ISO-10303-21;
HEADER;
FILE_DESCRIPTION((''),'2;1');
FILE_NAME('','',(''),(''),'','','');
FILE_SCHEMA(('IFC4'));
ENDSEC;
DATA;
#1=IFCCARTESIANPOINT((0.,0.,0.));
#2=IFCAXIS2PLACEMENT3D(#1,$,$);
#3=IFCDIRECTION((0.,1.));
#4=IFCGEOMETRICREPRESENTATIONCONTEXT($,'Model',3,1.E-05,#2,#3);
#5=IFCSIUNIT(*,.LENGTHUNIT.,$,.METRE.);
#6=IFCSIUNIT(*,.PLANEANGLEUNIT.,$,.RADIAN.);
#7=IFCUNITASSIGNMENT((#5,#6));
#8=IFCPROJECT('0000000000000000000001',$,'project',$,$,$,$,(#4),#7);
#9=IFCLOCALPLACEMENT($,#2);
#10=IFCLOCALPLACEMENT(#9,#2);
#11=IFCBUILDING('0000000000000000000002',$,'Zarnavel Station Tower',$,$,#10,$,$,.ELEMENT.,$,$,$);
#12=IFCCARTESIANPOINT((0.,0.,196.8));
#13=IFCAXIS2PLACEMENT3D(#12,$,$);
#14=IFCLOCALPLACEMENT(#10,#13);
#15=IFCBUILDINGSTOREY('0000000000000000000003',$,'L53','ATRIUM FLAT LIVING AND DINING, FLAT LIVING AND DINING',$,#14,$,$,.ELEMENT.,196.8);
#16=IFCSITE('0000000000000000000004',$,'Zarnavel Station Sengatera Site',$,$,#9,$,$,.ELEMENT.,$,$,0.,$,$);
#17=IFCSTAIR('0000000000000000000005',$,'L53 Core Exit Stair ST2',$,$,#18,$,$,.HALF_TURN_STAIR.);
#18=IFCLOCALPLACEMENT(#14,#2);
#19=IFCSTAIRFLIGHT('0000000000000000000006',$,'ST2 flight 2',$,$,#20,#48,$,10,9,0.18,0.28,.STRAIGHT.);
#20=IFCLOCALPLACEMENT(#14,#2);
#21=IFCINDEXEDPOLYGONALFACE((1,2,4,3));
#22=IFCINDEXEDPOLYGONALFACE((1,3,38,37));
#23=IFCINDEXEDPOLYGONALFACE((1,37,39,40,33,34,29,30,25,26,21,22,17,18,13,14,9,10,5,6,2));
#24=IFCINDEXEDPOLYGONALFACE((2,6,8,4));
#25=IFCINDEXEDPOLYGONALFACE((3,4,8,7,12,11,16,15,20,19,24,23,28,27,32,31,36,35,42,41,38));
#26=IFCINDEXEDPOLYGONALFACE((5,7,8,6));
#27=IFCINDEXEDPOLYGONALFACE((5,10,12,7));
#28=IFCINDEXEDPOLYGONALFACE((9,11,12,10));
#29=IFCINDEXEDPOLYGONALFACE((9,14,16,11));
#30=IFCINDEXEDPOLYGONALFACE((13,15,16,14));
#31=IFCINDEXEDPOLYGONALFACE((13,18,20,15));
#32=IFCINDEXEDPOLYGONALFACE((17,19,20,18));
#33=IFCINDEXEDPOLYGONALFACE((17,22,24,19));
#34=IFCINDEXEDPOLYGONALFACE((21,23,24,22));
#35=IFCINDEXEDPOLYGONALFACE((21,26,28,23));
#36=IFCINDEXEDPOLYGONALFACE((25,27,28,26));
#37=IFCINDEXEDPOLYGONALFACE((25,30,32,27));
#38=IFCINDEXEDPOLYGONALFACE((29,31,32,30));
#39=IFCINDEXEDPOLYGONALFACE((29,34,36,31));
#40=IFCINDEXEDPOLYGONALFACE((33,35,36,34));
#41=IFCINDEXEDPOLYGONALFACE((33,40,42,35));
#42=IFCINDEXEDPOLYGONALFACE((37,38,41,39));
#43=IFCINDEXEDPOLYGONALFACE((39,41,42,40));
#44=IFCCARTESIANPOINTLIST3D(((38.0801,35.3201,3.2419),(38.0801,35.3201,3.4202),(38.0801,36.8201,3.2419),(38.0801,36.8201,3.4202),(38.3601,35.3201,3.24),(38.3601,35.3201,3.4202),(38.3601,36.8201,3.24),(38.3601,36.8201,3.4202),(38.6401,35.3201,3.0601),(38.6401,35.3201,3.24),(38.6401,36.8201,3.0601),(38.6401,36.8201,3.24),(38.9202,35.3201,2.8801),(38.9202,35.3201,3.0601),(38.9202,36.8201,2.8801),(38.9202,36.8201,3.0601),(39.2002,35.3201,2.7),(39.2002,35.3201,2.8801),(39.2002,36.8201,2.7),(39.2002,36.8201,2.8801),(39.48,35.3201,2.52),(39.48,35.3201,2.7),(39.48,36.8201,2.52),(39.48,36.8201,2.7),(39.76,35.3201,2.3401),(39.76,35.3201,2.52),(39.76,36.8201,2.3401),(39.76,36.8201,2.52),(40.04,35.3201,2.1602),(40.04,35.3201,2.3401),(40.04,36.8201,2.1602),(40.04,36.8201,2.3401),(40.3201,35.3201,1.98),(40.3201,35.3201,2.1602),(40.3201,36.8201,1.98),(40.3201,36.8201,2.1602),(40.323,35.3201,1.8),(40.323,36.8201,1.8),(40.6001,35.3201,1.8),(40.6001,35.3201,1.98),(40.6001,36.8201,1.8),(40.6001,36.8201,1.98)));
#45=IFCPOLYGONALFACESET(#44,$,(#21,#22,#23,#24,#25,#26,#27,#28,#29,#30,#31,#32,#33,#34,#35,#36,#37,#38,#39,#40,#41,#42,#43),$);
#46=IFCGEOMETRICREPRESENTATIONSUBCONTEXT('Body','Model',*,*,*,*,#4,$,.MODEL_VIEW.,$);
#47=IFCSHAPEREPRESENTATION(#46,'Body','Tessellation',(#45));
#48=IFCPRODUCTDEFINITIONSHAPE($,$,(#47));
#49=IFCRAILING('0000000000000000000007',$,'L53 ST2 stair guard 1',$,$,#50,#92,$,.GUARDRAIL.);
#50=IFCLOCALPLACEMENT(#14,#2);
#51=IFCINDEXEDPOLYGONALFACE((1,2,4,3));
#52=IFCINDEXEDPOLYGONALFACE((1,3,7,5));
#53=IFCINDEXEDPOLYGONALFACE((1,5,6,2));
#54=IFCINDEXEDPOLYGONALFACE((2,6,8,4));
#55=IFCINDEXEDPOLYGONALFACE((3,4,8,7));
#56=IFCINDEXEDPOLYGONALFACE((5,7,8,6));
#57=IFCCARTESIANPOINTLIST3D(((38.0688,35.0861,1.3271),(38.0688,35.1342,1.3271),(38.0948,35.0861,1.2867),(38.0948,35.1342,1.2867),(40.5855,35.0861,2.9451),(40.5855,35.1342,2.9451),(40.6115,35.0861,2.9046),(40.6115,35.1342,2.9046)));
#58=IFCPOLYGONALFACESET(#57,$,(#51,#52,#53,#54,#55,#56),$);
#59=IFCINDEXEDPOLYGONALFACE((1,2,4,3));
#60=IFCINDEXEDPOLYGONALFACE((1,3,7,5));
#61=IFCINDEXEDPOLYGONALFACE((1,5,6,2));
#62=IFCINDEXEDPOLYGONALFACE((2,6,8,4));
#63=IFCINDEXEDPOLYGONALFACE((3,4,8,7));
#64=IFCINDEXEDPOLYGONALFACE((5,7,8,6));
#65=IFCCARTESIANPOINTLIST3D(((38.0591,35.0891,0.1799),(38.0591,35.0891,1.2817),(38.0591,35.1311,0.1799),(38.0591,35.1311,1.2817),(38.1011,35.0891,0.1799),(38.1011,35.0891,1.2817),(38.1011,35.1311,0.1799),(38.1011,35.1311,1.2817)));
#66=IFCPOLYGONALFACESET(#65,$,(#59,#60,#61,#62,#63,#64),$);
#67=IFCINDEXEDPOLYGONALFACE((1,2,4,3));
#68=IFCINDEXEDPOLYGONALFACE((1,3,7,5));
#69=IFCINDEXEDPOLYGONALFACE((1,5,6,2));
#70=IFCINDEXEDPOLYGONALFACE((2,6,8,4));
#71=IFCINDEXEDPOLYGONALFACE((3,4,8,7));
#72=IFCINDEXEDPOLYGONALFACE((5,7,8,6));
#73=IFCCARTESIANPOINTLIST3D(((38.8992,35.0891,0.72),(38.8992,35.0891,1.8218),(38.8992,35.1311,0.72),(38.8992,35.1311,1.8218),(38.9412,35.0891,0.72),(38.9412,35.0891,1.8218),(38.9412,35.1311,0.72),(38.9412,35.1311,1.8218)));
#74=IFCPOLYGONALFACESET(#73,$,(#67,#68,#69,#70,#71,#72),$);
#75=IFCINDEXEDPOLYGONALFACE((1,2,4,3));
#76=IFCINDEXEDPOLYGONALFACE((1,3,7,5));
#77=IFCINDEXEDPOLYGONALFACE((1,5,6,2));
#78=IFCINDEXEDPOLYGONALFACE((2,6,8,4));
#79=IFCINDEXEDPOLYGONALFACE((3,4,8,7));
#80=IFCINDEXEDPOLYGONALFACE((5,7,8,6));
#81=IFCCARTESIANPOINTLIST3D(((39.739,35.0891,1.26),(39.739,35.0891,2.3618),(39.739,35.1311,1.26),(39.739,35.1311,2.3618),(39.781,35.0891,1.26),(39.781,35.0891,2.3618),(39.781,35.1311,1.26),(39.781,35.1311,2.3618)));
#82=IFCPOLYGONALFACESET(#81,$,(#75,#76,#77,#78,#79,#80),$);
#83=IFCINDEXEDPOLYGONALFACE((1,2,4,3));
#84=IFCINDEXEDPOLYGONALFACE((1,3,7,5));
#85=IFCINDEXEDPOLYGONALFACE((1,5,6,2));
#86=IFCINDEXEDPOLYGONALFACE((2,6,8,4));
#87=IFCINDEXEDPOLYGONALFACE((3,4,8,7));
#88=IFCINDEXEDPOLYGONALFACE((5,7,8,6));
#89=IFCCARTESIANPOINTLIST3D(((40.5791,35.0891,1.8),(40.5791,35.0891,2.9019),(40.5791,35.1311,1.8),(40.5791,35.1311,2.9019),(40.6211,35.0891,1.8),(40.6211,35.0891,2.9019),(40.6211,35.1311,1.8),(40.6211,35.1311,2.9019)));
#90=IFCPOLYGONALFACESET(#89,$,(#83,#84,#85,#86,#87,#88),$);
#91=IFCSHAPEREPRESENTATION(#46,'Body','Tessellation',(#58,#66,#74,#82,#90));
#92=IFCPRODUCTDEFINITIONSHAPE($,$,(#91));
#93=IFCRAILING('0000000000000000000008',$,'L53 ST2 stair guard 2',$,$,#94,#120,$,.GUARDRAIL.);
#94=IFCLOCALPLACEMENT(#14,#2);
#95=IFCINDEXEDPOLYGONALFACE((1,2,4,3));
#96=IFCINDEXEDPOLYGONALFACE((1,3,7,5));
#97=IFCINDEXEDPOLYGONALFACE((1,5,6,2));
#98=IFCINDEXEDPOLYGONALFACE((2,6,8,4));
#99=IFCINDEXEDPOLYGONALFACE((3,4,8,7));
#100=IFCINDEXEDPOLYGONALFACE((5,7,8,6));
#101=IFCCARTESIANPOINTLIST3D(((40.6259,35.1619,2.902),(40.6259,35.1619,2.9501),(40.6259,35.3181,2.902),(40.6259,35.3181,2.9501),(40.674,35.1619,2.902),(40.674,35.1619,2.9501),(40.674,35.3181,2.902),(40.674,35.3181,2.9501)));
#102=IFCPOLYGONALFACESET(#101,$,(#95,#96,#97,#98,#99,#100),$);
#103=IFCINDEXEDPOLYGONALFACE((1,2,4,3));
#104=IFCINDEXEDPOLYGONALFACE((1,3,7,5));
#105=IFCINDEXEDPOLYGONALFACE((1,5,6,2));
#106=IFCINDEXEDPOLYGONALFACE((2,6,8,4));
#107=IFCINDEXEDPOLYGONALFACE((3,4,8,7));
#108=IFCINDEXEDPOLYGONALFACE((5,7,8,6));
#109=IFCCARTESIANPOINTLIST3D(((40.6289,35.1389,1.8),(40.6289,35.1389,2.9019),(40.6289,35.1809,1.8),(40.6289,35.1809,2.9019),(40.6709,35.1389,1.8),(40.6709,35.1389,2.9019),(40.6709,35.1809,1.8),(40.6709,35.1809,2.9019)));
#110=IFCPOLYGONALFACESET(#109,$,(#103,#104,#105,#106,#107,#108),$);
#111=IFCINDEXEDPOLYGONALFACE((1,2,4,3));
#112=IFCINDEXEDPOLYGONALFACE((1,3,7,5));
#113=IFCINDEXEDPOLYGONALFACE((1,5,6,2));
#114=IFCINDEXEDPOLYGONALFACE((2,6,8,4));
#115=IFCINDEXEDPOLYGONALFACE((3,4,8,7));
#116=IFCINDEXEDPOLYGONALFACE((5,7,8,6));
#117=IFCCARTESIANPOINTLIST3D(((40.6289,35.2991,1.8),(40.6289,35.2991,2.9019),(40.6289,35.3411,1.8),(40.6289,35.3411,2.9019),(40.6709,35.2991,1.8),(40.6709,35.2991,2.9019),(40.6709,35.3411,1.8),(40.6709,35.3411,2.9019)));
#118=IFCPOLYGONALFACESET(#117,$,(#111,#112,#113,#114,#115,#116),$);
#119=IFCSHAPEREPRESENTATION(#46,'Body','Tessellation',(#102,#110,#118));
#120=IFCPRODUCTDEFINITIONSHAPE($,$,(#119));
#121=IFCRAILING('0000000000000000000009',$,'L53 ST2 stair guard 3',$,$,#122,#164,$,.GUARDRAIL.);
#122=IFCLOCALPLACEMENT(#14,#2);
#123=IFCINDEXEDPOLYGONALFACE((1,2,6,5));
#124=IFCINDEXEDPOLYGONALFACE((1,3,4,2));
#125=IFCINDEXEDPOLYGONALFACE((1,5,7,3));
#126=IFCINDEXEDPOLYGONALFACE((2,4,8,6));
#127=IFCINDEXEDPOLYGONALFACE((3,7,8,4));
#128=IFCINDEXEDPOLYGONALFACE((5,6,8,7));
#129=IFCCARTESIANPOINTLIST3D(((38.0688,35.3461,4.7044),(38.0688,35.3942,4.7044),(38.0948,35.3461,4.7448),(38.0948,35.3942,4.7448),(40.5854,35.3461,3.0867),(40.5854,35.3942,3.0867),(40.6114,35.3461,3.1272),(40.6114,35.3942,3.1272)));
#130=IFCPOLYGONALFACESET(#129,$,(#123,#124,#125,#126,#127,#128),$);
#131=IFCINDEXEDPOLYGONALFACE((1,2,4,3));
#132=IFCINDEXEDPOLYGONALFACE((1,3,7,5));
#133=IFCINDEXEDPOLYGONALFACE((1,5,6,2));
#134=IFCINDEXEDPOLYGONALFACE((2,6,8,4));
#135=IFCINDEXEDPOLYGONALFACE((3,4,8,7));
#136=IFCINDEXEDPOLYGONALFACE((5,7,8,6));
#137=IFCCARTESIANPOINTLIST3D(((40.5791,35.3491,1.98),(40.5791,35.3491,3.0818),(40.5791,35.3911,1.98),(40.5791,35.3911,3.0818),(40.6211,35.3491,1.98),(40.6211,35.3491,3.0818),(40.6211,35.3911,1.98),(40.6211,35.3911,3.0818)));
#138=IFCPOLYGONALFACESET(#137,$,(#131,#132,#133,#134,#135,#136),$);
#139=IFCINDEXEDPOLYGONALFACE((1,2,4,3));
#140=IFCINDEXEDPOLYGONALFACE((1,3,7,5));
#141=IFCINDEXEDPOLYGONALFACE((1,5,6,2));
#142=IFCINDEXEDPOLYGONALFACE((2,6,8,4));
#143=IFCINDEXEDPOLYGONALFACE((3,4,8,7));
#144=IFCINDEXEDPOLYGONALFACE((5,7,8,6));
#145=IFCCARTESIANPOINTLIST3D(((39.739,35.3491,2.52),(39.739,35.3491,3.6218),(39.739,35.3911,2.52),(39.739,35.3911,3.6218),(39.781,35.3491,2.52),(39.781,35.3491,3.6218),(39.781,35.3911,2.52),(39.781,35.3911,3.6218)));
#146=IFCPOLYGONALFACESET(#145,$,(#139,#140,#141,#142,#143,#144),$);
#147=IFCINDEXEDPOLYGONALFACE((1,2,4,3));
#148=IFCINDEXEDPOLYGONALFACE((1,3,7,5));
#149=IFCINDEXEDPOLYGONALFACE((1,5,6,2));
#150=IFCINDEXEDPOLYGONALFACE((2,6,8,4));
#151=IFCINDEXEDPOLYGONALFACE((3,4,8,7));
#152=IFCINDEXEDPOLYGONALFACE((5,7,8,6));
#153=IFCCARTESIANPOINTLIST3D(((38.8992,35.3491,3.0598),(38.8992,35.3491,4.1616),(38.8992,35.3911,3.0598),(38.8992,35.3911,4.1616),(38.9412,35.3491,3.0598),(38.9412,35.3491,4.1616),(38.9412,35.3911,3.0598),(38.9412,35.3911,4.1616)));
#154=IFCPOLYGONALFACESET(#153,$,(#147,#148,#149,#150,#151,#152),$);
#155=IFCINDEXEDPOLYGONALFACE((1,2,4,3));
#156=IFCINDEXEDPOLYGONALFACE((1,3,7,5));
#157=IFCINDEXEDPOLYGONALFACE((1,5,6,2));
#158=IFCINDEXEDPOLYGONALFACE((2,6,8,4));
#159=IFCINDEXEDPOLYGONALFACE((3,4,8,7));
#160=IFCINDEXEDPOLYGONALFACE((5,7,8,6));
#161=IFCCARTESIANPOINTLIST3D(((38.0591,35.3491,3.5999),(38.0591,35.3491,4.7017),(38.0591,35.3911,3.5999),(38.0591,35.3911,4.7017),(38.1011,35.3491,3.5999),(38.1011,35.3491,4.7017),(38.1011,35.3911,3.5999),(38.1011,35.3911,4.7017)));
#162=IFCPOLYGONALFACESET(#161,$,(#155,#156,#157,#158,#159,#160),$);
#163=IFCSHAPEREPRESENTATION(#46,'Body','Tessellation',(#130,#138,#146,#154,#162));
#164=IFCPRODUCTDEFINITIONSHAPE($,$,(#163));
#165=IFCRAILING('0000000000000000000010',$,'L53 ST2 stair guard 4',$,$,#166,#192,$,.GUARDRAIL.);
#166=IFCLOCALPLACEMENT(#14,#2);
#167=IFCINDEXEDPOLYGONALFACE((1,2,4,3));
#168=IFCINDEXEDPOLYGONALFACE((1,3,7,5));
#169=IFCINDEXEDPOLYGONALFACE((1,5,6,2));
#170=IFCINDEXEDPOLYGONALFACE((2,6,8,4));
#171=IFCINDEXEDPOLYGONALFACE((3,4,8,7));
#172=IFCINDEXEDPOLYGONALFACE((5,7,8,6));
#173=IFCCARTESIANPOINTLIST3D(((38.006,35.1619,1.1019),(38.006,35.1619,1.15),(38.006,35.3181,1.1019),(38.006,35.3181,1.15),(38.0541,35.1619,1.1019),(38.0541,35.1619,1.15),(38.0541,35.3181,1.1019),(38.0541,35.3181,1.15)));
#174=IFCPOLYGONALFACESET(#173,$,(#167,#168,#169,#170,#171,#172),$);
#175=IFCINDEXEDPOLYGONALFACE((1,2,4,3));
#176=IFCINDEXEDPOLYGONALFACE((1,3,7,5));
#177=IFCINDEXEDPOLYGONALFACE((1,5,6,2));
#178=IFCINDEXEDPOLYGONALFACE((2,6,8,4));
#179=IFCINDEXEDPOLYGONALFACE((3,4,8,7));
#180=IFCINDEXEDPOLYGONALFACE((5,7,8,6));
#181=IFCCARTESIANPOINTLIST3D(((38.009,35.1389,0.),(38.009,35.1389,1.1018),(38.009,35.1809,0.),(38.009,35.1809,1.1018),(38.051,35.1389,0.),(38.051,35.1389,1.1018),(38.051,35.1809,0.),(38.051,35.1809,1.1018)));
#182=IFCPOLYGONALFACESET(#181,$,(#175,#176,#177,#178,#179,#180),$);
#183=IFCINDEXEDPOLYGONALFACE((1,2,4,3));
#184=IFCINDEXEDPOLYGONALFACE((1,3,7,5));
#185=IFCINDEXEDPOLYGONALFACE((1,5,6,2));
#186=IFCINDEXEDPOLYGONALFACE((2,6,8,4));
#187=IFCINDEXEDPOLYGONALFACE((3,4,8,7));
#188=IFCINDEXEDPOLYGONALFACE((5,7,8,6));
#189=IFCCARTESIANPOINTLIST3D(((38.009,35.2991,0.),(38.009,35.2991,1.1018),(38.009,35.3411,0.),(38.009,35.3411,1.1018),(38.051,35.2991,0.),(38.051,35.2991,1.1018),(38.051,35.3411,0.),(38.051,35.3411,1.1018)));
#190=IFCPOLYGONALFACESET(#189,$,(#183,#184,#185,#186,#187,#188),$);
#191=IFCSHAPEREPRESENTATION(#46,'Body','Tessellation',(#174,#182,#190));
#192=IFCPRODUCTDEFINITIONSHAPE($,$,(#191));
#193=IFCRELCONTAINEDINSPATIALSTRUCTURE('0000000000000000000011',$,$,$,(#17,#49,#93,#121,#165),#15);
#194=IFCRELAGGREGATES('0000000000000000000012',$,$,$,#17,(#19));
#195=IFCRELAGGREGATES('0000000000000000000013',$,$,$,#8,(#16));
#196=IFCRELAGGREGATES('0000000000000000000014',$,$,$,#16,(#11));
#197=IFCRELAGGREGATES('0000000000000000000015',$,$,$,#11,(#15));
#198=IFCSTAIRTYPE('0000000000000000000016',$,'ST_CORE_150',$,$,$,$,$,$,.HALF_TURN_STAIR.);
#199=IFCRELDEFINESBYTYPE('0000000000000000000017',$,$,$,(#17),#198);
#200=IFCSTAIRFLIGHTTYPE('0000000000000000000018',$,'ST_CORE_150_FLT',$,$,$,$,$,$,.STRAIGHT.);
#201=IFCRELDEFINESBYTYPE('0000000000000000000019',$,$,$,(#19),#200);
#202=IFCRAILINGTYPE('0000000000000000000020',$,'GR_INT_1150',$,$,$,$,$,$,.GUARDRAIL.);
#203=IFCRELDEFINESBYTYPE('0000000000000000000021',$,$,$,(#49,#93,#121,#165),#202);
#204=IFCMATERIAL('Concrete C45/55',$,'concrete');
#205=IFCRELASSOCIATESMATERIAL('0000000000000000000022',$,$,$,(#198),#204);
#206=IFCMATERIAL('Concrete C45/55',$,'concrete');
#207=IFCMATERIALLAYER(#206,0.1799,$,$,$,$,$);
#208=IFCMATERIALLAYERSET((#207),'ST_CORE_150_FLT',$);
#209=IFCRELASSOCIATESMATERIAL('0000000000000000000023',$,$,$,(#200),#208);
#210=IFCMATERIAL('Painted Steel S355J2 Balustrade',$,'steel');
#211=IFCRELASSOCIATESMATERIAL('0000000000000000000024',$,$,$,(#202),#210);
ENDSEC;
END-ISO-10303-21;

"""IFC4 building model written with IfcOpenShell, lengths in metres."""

from ifc_helpers import new_model, si_unit, direction, frame, origin, origin_2d, place, context, subcontext, project, spatial, polyline, rectangle, outline, extrude, material, layer, layer_set, type_object, element, aggregate, save


model = new_model("IFC4")

# Units and contexts
model_context = context("Model", 3, precision=1e-05, world=origin(), true_north=direction((0.0, 1.0)))
body_context = subcontext(model_context, "Body", "Model", "MODEL_VIEW")
ifc_project = project(units=[si_unit("LENGTHUNIT", "METRE"), si_unit("PLANEANGLEUNIT", "RADIAN")], contexts=[model_context])

# Site, building, storey
site_placement = place(None, origin())
site = spatial("IfcSite", under=ifc_project, at=site_placement, Name="Zarnavel Station Sengatera Site", CompositionType="ELEMENT", RefElevation=0.0)
building_placement = place(site_placement, origin())
building = spatial("IfcBuilding", under=site, at=building_placement, Name="Zarnavel Station Tower", CompositionType="ELEMENT")
storey_placement = place(building_placement, frame((0.0, 0.0, 196.8)))
storey = spatial("IfcBuildingStorey", under=building, at=storey_placement, Name="L53", Description="ATRIUM FLAT LIVING AND DINING, FLAT LIVING AND DINING", CompositionType="ELEMENT", Elevation=196.8)

# Stair, stair flight
ifc_material_1 = material(Name="Concrete C45/55", Category="concrete")
stair_type = type_object("IfcStairType", Name="ST_CORE_150", PredefinedType="HALF_TURN_STAIR", material=ifc_material_1)
stair_placement = place(storey_placement, origin())
stair = element("IfcStair", 1, at=stair_placement, inside=storey, type_object=stair_type, Name="L53 Core Exit Stair ST2", PredefinedType="HALF_TURN_STAIR")
ifc_material_2 = material(Name="Concrete C45/55", Category="concrete")
ifc_layer_1 = layer(ifc_material_2, 0.1799)
ifc_layer_set_1 = layer_set([ifc_layer_1], Name="ST_CORE_150_FLT")
stair_flight_type = type_object("IfcStairFlightType", Name="ST_CORE_150_FLT", PredefinedType="STRAIGHT", material=ifc_layer_set_1)
stair_flight_1_placement = place(storey_placement, frame((40.6001, 36.0701, 1.8), z_axis=(0.0, 0.0, 1.0), x_axis=(-1.0, 0.0, 0.0)))
stair_flight_1 = element("IfcStairFlight", 2, at=stair_flight_1_placement, type_object=stair_flight_type, Name="ST2 flight 2", NumberOfRisers=10, NumberOfTreads=9, PredefinedType="STRAIGHT", RiserHeight=0.18, TreadLength=0.28, context=body_context, shape_type="SweptSolid", body=[
    extrude(outline(polyline([(0.0, 0.0), (0.0, 0.1799), (0.28, 0.1799), (0.28, 0.3601), (0.5601, 0.3601), (0.5601, 0.54), (0.8401, 0.54), (0.8401, 0.72), (1.1201, 0.72), (1.1201, 0.8999), (1.3999, 0.8999), (1.3999, 1.0801), (1.6799, 1.0801), (1.6799, 1.26), (1.96, 1.26), (1.96, 1.4399), (2.24, 1.4399), (2.24, 1.6201), (2.52, 1.6201), (2.52, 1.8), (2.52, 1.4419), (0.2771, 0.0), (0.0, 0.0)])), frame((0.0, 0.75, 0.0), z_axis=(0.0, -1.0, 0.0), x_axis=(1.0, 0.0, 0.0)), (0.0, 0.0, 1.0), 1.5),
])
aggregate(stair, [stair_flight_1])

# Railings
ifc_material_3 = material(Name="Painted Steel S355J2 Balustrade", Category="steel")
railing_type_1 = type_object("IfcRailingType", Name="GR_INT_1150", PredefinedType="GUARDRAIL", material=ifc_material_3)
railing_1_placement = place(storey_placement, frame((38.0801, 35.1101, 0.1799)))
element("IfcRailing", 3, at=railing_1_placement, inside=storey, type_object=railing_type_1, Name="L53 ST2 stair guard 1", PredefinedType="GUARDRAIL", context=body_context, shape_type="SweptSolid", body=[
    extrude(rectangle(XDim=0.0481, YDim=0.0481, at=origin_2d()), frame((0.0017, 0.0, 1.127), z_axis=(0.841163, 0.0, 0.540782), x_axis=(0.0, 1.0, 0.0)), (0.0, 0.0, 1.0), 2.9919),
    extrude(rectangle(XDim=0.042, YDim=0.042, at=origin_2d()), origin(), (0.0, 0.0, 1.0), 1.1018),
    extrude(rectangle(XDim=0.042, YDim=0.042, at=origin_2d()), frame((0.8401, 0.0, 0.54)), (0.0, 0.0, 1.0), 1.1018),
    extrude(rectangle(XDim=0.042, YDim=0.042, at=origin_2d()), frame((1.6799, 0.0, 1.0801)), (0.0, 0.0, 1.0), 1.1018),
    extrude(rectangle(XDim=0.042, YDim=0.042, at=origin_2d()), frame((2.52, 0.0, 1.6201)), (0.0, 0.0, 1.0), 1.1018),
])
railing_2_placement = place(storey_placement, frame((40.6499, 35.1599, 1.8)))
element("IfcRailing", 4, at=railing_2_placement, inside=storey, type_object=railing_type_1, Name="L53 ST2 stair guard 2", PredefinedType="GUARDRAIL", context=body_context, shape_type="SweptSolid", body=[
    extrude(rectangle(XDim=0.0481, YDim=0.0481, at=origin_2d()), frame((0.0, 0.002, 1.126), z_axis=(0.0, 1.0, 0.0), x_axis=(-1.0, 0.0, 0.0)), (0.0, 0.0, 1.0), 0.1562),
    extrude(rectangle(XDim=0.042, YDim=0.042, at=origin_2d()), origin(), (0.0, 0.0, 1.0), 1.1018),
    extrude(rectangle(XDim=0.042, YDim=0.042, at=origin_2d()), frame((0.0, 0.1602, 0.0)), (0.0, 0.0, 1.0), 1.1018),
])
railing_3_placement = place(storey_placement, frame((40.6001, 35.3701, 1.98)))
element("IfcRailing", 5, at=railing_3_placement, inside=storey, type_object=railing_type_1, Name="L53 ST2 stair guard 3", PredefinedType="GUARDRAIL", context=body_context, shape_type="SweptSolid", body=[
    extrude(rectangle(XDim=0.0481, YDim=0.0481, at=origin_2d()), frame((-0.0017, 0.0, 1.127), z_axis=(-0.8412, 0.0, 0.540725), x_axis=(0.0, -1.0, 0.0)), (0.0, 0.0, 1.0), 2.9917),
    extrude(rectangle(XDim=0.042, YDim=0.042, at=origin_2d()), origin(), (0.0, 0.0, 1.0), 1.1018),
    extrude(rectangle(XDim=0.042, YDim=0.042, at=origin_2d()), frame((-0.8401, 0.0, 0.54)), (0.0, 0.0, 1.0), 1.1018),
    extrude(rectangle(XDim=0.042, YDim=0.042, at=origin_2d()), frame((-1.6799, 0.0, 1.0798)), (0.0, 0.0, 1.0), 1.1018),
    extrude(rectangle(XDim=0.042, YDim=0.042, at=origin_2d()), frame((-2.52, 0.0, 1.6199)), (0.0, 0.0, 1.0), 1.1018),
])
railing_4_placement = place(storey_placement, frame((38.03, 35.1599, 0.0)))
element("IfcRailing", 6, at=railing_4_placement, inside=storey, type_object=railing_type_1, Name="L53 ST2 stair guard 4", PredefinedType="GUARDRAIL", context=body_context, shape_type="SweptSolid", body=[
    extrude(rectangle(XDim=0.0481, YDim=0.0481, at=origin_2d()), frame((0.0, 0.002, 1.126), z_axis=(0.0, 1.0, 0.0), x_axis=(-1.0, 0.0, 0.0)), (0.0, 0.0, 1.0), 0.1562),
    extrude(rectangle(XDim=0.042, YDim=0.042, at=origin_2d()), origin(), (0.0, 0.0, 1.0), 1.1018),
    extrude(rectangle(XDim=0.042, YDim=0.042, at=origin_2d()), frame((0.0, 0.1602, 0.0)), (0.0, 0.0, 1.0), 1.1018),
])

save(model, "model.ifc")
